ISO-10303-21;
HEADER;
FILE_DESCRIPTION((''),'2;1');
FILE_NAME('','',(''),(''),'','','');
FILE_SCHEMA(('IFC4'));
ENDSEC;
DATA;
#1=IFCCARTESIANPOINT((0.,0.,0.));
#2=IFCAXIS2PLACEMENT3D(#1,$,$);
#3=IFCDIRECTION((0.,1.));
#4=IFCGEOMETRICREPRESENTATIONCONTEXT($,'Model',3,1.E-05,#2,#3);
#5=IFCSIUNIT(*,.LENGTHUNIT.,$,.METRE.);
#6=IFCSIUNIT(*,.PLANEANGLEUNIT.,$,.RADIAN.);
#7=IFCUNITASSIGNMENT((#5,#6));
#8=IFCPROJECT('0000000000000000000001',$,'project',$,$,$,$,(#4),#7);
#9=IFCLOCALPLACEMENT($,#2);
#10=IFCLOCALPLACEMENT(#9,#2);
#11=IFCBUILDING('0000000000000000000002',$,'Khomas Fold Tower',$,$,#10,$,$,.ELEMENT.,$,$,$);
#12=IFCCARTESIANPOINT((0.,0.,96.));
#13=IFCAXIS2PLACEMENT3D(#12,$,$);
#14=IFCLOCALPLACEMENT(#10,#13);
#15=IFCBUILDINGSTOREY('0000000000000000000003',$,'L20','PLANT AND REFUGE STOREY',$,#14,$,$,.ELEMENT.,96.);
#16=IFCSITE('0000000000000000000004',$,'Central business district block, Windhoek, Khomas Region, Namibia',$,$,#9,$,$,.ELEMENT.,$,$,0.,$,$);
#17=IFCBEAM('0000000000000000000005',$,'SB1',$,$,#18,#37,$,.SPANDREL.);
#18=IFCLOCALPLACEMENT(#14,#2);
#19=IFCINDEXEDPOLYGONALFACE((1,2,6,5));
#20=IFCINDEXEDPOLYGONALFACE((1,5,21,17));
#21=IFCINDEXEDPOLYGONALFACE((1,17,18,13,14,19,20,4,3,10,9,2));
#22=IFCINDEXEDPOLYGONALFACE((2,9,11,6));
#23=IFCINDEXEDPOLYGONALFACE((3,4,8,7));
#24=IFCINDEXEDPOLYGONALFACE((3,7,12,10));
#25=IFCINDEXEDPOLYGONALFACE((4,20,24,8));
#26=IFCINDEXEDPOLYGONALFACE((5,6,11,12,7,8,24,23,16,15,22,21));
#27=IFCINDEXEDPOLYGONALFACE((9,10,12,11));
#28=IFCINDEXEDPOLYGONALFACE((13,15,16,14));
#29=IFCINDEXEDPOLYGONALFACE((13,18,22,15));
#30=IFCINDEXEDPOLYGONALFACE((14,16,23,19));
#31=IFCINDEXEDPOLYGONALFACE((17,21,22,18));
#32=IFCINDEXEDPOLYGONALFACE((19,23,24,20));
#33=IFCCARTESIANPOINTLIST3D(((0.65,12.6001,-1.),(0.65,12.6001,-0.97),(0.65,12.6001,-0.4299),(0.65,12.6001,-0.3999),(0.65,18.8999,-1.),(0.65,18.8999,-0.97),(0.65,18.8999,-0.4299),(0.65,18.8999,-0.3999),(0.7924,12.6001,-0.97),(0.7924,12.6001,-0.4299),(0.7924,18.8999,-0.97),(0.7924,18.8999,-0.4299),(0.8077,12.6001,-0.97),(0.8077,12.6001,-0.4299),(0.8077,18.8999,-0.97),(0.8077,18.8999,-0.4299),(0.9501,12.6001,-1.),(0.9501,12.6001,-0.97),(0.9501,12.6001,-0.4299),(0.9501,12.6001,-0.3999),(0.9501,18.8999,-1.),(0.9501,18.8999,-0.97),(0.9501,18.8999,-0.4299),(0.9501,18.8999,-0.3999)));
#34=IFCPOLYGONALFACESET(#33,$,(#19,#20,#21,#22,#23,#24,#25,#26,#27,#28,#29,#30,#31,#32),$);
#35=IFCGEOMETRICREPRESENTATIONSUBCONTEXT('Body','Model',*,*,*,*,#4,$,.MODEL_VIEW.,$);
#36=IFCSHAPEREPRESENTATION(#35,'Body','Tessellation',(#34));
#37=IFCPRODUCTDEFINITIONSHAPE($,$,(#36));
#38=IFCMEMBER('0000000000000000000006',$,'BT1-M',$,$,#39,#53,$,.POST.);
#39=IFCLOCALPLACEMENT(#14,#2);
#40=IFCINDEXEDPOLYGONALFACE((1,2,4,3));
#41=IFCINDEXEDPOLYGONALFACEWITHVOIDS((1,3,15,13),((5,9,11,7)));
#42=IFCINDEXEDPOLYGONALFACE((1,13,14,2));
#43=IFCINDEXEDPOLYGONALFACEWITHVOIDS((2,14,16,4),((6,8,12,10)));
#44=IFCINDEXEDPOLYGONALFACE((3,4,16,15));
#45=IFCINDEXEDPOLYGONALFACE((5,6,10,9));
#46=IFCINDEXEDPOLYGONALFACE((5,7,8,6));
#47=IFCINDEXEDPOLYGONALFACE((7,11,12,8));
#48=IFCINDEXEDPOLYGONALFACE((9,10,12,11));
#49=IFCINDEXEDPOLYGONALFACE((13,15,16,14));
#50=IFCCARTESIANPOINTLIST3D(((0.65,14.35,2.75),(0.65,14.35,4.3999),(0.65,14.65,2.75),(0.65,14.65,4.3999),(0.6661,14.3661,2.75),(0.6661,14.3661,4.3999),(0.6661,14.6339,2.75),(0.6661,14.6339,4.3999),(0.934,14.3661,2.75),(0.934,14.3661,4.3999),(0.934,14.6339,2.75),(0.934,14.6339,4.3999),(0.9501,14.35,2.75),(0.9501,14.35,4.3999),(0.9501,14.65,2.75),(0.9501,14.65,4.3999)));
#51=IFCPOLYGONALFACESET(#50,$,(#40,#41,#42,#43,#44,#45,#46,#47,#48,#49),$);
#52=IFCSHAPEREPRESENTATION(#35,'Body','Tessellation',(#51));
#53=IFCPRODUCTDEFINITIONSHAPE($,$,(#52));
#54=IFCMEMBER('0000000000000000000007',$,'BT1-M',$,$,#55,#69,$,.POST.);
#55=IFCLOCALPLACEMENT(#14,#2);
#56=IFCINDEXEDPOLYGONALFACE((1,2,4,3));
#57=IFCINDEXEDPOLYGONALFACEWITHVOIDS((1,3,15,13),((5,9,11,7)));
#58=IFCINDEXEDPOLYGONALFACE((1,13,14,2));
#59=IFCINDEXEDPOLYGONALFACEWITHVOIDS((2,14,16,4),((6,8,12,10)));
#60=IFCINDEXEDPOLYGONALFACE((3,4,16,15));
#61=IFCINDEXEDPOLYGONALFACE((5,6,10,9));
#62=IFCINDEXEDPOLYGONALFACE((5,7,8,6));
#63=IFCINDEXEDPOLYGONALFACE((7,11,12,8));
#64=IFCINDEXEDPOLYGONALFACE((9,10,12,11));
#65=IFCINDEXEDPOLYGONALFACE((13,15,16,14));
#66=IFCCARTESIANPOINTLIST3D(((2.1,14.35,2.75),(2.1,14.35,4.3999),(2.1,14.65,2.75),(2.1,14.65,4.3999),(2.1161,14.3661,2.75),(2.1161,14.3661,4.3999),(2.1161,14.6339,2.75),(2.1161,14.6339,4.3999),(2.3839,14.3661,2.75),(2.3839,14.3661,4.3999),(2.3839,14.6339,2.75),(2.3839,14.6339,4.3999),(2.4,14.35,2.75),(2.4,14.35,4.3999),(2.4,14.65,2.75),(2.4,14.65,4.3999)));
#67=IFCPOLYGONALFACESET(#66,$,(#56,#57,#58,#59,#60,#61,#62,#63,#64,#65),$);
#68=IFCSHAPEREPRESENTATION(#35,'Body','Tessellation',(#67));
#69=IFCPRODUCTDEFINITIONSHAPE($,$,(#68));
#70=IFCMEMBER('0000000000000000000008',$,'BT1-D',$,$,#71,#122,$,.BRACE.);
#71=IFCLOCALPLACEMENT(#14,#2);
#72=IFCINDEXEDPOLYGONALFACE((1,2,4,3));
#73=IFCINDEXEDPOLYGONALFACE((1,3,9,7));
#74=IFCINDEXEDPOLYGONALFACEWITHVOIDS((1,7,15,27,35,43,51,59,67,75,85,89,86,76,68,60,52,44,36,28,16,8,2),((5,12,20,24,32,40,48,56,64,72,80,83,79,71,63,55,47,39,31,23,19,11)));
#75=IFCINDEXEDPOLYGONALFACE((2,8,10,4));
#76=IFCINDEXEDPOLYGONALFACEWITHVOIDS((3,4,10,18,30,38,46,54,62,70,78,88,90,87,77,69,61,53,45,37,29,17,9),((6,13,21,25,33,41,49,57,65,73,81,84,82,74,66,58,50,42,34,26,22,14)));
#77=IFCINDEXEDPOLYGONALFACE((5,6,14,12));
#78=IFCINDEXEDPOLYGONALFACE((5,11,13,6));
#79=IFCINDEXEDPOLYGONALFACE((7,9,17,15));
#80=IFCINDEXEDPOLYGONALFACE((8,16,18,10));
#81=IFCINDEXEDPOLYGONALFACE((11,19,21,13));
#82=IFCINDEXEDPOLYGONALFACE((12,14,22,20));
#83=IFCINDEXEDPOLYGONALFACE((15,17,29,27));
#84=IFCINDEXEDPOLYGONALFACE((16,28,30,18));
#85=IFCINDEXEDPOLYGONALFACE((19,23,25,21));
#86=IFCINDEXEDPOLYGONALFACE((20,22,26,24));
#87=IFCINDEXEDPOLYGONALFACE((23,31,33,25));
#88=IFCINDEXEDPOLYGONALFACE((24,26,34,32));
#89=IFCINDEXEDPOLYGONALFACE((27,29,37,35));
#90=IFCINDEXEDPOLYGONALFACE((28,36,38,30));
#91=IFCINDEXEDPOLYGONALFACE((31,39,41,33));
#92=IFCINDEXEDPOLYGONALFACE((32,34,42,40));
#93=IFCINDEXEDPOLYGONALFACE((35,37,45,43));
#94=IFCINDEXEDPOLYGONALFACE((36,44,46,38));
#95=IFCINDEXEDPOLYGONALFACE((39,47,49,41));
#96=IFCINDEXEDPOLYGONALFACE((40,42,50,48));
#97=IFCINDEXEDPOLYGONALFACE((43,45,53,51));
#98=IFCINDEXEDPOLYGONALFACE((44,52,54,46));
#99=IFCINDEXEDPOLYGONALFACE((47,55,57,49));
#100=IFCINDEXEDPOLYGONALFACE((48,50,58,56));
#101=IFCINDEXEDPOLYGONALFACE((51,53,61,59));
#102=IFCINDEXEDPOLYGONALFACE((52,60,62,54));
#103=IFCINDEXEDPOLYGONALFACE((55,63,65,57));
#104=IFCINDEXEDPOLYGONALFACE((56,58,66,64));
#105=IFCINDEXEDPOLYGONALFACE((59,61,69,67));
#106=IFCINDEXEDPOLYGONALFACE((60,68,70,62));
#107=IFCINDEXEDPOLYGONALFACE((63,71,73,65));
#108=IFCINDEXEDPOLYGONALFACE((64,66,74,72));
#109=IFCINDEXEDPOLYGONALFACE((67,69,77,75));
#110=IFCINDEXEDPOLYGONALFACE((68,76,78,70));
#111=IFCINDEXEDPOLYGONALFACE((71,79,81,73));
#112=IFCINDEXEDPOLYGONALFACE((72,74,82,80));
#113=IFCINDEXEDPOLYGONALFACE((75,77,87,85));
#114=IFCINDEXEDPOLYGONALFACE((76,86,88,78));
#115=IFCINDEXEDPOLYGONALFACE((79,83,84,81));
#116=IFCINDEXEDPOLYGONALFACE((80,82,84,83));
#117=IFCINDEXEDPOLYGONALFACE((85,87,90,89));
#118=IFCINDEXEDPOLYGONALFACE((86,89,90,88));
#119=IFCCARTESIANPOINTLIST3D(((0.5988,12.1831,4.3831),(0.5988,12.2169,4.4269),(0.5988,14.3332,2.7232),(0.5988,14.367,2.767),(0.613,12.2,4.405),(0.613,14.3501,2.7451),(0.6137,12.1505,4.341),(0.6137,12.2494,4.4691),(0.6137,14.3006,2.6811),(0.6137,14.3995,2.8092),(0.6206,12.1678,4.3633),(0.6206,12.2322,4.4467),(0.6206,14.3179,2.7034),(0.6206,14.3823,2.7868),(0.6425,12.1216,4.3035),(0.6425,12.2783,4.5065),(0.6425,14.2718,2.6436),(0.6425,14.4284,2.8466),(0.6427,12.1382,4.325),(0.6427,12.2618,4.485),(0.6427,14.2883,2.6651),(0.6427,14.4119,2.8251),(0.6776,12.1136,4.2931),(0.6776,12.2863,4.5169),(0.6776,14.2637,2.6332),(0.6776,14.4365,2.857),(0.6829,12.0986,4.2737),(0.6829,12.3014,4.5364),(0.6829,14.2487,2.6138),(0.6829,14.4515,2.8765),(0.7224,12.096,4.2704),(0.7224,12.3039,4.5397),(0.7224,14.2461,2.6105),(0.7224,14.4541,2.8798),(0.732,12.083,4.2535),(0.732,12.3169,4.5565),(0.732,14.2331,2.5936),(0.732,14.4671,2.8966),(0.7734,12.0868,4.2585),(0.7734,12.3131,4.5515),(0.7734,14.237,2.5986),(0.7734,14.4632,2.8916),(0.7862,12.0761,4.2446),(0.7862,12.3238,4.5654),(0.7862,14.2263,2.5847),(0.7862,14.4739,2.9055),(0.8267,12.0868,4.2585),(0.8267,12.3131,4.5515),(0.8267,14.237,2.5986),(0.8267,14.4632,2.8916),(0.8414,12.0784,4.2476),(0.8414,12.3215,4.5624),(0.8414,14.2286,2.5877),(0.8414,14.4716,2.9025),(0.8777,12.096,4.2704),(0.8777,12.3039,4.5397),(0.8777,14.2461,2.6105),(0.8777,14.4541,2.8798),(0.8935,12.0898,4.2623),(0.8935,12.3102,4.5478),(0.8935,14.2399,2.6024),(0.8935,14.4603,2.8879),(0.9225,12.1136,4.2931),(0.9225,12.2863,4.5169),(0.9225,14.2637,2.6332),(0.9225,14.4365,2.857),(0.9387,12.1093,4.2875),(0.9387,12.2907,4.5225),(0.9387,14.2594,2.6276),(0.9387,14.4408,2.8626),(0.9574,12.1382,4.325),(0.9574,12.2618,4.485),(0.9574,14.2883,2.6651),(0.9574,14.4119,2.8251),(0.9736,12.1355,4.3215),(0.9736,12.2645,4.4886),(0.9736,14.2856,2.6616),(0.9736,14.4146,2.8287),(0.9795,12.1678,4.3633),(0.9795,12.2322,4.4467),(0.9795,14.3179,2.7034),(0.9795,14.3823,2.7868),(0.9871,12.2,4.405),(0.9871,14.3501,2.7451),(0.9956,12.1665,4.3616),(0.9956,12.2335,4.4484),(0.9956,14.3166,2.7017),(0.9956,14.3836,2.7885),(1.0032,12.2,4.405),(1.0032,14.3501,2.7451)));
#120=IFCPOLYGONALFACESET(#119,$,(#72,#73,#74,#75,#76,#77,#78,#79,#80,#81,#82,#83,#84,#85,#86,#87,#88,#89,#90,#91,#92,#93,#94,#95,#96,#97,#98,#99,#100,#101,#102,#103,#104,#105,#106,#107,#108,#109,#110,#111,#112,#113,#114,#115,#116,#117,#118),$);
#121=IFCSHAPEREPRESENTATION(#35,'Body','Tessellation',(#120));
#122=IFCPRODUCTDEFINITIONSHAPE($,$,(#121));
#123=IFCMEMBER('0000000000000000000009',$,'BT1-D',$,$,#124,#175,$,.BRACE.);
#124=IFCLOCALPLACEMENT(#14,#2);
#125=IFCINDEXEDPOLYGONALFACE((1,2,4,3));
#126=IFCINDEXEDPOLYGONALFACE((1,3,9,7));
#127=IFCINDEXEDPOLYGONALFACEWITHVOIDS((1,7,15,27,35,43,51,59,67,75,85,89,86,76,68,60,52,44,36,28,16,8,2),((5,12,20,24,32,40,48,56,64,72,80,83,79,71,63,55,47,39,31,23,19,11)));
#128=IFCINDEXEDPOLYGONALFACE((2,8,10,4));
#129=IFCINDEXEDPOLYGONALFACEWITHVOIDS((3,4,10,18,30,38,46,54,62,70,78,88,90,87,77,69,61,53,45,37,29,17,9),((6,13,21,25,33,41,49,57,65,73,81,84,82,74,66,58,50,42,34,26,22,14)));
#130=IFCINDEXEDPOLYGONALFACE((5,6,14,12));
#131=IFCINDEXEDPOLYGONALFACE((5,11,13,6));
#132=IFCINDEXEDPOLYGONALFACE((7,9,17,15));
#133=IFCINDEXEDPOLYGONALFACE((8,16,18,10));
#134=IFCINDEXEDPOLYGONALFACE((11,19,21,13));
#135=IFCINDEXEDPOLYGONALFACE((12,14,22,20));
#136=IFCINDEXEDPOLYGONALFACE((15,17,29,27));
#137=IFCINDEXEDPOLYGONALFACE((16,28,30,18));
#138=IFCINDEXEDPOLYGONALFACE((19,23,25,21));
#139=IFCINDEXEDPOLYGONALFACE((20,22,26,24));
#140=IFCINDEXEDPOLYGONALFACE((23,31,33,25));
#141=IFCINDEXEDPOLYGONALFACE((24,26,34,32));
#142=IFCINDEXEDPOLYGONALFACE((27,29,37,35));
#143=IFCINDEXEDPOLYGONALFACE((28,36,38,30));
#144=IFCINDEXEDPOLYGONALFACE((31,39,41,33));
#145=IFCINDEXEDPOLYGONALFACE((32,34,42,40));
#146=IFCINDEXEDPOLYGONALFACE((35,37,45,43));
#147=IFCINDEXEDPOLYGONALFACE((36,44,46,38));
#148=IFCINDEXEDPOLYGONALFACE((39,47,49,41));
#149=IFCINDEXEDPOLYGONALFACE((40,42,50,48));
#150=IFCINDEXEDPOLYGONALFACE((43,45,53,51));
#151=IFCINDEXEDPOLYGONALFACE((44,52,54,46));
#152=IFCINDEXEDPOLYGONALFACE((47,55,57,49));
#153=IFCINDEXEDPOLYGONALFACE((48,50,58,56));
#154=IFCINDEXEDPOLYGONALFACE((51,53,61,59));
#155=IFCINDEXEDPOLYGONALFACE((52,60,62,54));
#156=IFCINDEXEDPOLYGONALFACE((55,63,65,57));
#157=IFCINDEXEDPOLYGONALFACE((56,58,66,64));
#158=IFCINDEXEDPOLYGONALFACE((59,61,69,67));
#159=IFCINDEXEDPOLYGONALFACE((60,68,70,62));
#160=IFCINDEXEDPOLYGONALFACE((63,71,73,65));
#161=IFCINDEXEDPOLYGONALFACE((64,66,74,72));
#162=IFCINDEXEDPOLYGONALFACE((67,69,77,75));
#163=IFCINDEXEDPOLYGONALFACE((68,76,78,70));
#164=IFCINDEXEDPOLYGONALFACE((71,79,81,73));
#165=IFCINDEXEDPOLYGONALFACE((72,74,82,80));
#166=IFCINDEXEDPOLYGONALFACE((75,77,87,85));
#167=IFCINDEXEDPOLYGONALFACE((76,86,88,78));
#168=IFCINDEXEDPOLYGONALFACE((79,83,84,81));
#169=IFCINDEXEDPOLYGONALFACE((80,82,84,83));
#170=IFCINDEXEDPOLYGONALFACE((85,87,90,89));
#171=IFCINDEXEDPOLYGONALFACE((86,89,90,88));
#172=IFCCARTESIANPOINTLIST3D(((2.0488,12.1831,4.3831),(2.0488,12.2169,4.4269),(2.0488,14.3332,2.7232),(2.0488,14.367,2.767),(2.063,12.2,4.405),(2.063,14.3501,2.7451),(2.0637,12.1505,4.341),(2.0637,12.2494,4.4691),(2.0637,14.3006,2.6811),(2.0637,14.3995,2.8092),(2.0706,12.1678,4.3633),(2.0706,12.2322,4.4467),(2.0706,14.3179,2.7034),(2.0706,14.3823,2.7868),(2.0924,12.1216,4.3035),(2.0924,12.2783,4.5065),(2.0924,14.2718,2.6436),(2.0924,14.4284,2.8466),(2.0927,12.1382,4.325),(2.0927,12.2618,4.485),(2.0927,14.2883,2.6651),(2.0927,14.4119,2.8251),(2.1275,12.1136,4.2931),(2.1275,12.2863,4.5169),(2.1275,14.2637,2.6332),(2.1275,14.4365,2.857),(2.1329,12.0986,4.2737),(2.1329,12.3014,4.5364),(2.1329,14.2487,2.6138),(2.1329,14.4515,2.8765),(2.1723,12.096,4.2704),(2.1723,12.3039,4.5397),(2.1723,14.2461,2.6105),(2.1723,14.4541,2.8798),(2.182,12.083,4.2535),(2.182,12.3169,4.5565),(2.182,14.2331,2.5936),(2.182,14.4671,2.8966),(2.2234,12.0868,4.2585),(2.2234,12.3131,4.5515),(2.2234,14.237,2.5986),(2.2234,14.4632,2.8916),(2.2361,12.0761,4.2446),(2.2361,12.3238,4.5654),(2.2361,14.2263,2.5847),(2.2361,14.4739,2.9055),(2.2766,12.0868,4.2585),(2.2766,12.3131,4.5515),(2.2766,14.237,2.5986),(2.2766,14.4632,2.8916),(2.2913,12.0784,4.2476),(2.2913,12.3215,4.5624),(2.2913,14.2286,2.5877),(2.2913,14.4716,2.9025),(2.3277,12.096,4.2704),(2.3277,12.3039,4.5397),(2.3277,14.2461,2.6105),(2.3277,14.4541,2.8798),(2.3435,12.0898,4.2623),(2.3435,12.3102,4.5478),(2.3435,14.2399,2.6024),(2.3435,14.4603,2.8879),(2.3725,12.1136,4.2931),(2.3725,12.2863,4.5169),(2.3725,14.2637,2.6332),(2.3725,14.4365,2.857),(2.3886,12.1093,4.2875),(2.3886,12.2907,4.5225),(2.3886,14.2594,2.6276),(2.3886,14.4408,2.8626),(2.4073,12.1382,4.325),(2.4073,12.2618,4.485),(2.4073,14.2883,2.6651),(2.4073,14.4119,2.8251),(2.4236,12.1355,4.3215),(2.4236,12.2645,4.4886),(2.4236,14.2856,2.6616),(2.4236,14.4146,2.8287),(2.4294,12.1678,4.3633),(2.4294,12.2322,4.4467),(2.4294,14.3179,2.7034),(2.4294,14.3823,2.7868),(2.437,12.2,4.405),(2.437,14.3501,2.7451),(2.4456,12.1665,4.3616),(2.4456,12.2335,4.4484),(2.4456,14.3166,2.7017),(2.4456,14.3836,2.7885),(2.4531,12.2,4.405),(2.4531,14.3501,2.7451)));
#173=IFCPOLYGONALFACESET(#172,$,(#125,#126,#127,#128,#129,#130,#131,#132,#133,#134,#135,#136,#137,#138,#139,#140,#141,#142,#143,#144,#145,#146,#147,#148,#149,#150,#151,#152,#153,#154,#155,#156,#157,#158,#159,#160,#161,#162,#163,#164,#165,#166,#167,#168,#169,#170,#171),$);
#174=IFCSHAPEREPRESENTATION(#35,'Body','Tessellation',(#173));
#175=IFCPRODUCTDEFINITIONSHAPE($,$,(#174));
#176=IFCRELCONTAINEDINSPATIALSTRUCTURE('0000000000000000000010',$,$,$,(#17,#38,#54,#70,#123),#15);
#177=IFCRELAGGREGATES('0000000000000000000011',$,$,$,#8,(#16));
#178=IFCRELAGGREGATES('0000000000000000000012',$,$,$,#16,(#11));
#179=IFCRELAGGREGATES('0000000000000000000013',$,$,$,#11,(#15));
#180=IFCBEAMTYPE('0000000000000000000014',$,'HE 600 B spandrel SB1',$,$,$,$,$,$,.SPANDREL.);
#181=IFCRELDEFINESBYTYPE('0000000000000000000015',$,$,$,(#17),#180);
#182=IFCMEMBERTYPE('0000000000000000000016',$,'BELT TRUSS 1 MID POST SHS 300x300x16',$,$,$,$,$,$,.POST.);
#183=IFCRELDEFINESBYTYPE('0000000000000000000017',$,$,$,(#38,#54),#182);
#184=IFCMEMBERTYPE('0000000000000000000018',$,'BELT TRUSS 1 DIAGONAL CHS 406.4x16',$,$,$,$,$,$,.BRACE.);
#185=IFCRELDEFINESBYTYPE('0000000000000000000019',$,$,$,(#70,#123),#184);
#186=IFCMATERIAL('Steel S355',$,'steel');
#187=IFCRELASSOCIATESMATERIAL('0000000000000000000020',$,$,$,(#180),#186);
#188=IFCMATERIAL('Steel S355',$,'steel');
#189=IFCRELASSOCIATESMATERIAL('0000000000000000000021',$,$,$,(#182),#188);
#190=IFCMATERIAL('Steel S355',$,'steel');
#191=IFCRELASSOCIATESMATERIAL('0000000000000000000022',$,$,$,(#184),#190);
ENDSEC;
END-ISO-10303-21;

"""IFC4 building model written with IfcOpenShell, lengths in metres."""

from ifc_helpers import new_model, si_unit, direction, frame, origin, origin_2d, place, context, subcontext, project, spatial, hollow_rectangle, hollow_circle, i_section, extrude, source, transform, mapped, material, material_profile, profile_set, type_object, element, save


model = new_model("IFC4")

# Units and contexts
model_context = context("Model", 3, precision=1e-05, world=origin(), true_north=direction((0.0, 1.0)))
body_context = subcontext(model_context, "Body", "Model", "MODEL_VIEW")
ifc_project = project(units=[si_unit("LENGTHUNIT", "METRE"), si_unit("PLANEANGLEUNIT", "RADIAN")], contexts=[model_context])

# Site, building, storey
site_placement = place(None, origin())
site = spatial("IfcSite", under=ifc_project, at=site_placement, Name="Central business district block, Windhoek, Khomas Region, Namibia", CompositionType="ELEMENT", RefElevation=0.0)
building_placement = place(site_placement, origin())
building = spatial("IfcBuilding", under=site, at=building_placement, Name="Khomas Fold Tower", CompositionType="ELEMENT")
storey_placement = place(building_placement, frame((0.0, 0.0, 96.0)))
storey = spatial("IfcBuildingStorey", under=building, at=storey_placement, Name="L20", Description="PLANT AND REFUGE STOREY", CompositionType="ELEMENT", Elevation=96.0)

# Beam
ifc_material_1 = material(Name="Steel S355", Category="steel")
ifc_material_profile_1 = material_profile(ifc_material_1, i_section(OverallWidth=0.3, OverallDepth=0.6001, WebThickness=0.0154, FlangeThickness=0.03, at=origin_2d()), Name="HE 600 B")
ifc_profile_set_1 = profile_set([ifc_material_profile_1], Name="Steel S355")
beam_type_1 = type_object("IfcBeamType", Name="HE 600 B spandrel SB1", PredefinedType="SPANDREL", material=ifc_profile_set_1)
shared_shape_1 = source(origin(), body_context, "Body", "SweptSolid", [
    extrude(i_section(OverallWidth=0.3, OverallDepth=0.6001, WebThickness=0.0154, FlangeThickness=0.03, at=origin_2d()), origin(), (0.0, 0.0, 1.0), 6.2998),
])
beam_1_placement = place(storey_placement, frame((0.8, 12.6001, -0.7), z_axis=(0.0, 1.0, 0.0), x_axis=(-1.0, 0.0, 0.0)))
element("IfcBeam", 1, at=beam_1_placement, inside=storey, type_object=beam_type_1, Name="SB1", PredefinedType="SPANDREL", context=body_context, shape_type="MappedRepresentation", body=[
    mapped(shared_shape_1, transform((0.0, 0.0, 0.0))),
])

# Members
ifc_material_2 = material(Name="Steel S355", Category="steel")
ifc_material_profile_2 = material_profile(ifc_material_2, hollow_rectangle(XDim=0.3, YDim=0.3, WallThickness=0.0161, at=origin_2d()), Name="SHS 300x300x16")
ifc_profile_set_2 = profile_set([ifc_material_profile_2], Name="Steel S355")
member_type_1 = type_object("IfcMemberType", Name="BELT TRUSS 1 MID POST SHS 300x300x16", PredefinedType="POST", material=ifc_profile_set_2)
shared_shape_2 = source(origin(), body_context, "Body", "SweptSolid", [
    extrude(hollow_rectangle(XDim=0.3, YDim=0.3, WallThickness=0.0161, at=origin_2d()), origin(), (0.0, 0.0, 1.0), 1.6499),
])
for number, where, z_axis, x_axis, name in (
    (2, (0.8, 14.5, 2.75), (0.0, 0.0, 1.0), (1.0, 0.0, 0.0), "BT1-M"),
    (3, (2.25, 14.5, 2.75), (0.0, 0.0, 1.0), (1.0, 0.0, 0.0), "BT1-M"),
):
    element("IfcMember", number, at=place(storey_placement, frame(where, z_axis=z_axis, x_axis=x_axis)), inside=storey, type_object=member_type_1, Name=name, PredefinedType="POST", context=body_context, shape_type="MappedRepresentation", body=[
        mapped(shared_shape_2, transform((0.0, 0.0, 0.0))),
    ])
ifc_material_3 = material(Name="Steel S355", Category="steel")
ifc_material_profile_3 = material_profile(ifc_material_3, hollow_circle(Radius=0.2031, WallThickness=0.0161, at=origin_2d()), Name="CHS 406.4x16")
ifc_profile_set_3 = profile_set([ifc_material_profile_3], Name="Steel S355")
member_type_2 = type_object("IfcMemberType", Name="BELT TRUSS 1 DIAGONAL CHS 406.4x16", PredefinedType="BRACE", material=ifc_profile_set_3)
shared_shape_3 = source(origin(), body_context, "Body", "SweptSolid", [
    extrude(hollow_circle(Radius=0.2031, WallThickness=0.0161, at=origin_2d()), origin(), (0.0, 0.0, 1.0), 2.7163),
])
for number, where, z_axis, x_axis, name in (
    (4, (0.8, 14.3501, 2.7451), (0.0, -0.791564, 0.611087), (1.0, 0.0, 0.0), "BT1-D"),
    (5, (2.25, 14.3501, 2.7451), (0.0, -0.791564, 0.611087), (1.0, 0.0, 0.0), "BT1-D"),
):
    element("IfcMember", number, at=place(storey_placement, frame(where, z_axis=z_axis, x_axis=x_axis)), inside=storey, type_object=member_type_2, Name=name, PredefinedType="BRACE", context=body_context, shape_type="MappedRepresentation", body=[
        mapped(shared_shape_3, transform((0.0, 0.0, 0.0))),
    ])

save(model, "model.ifc")
